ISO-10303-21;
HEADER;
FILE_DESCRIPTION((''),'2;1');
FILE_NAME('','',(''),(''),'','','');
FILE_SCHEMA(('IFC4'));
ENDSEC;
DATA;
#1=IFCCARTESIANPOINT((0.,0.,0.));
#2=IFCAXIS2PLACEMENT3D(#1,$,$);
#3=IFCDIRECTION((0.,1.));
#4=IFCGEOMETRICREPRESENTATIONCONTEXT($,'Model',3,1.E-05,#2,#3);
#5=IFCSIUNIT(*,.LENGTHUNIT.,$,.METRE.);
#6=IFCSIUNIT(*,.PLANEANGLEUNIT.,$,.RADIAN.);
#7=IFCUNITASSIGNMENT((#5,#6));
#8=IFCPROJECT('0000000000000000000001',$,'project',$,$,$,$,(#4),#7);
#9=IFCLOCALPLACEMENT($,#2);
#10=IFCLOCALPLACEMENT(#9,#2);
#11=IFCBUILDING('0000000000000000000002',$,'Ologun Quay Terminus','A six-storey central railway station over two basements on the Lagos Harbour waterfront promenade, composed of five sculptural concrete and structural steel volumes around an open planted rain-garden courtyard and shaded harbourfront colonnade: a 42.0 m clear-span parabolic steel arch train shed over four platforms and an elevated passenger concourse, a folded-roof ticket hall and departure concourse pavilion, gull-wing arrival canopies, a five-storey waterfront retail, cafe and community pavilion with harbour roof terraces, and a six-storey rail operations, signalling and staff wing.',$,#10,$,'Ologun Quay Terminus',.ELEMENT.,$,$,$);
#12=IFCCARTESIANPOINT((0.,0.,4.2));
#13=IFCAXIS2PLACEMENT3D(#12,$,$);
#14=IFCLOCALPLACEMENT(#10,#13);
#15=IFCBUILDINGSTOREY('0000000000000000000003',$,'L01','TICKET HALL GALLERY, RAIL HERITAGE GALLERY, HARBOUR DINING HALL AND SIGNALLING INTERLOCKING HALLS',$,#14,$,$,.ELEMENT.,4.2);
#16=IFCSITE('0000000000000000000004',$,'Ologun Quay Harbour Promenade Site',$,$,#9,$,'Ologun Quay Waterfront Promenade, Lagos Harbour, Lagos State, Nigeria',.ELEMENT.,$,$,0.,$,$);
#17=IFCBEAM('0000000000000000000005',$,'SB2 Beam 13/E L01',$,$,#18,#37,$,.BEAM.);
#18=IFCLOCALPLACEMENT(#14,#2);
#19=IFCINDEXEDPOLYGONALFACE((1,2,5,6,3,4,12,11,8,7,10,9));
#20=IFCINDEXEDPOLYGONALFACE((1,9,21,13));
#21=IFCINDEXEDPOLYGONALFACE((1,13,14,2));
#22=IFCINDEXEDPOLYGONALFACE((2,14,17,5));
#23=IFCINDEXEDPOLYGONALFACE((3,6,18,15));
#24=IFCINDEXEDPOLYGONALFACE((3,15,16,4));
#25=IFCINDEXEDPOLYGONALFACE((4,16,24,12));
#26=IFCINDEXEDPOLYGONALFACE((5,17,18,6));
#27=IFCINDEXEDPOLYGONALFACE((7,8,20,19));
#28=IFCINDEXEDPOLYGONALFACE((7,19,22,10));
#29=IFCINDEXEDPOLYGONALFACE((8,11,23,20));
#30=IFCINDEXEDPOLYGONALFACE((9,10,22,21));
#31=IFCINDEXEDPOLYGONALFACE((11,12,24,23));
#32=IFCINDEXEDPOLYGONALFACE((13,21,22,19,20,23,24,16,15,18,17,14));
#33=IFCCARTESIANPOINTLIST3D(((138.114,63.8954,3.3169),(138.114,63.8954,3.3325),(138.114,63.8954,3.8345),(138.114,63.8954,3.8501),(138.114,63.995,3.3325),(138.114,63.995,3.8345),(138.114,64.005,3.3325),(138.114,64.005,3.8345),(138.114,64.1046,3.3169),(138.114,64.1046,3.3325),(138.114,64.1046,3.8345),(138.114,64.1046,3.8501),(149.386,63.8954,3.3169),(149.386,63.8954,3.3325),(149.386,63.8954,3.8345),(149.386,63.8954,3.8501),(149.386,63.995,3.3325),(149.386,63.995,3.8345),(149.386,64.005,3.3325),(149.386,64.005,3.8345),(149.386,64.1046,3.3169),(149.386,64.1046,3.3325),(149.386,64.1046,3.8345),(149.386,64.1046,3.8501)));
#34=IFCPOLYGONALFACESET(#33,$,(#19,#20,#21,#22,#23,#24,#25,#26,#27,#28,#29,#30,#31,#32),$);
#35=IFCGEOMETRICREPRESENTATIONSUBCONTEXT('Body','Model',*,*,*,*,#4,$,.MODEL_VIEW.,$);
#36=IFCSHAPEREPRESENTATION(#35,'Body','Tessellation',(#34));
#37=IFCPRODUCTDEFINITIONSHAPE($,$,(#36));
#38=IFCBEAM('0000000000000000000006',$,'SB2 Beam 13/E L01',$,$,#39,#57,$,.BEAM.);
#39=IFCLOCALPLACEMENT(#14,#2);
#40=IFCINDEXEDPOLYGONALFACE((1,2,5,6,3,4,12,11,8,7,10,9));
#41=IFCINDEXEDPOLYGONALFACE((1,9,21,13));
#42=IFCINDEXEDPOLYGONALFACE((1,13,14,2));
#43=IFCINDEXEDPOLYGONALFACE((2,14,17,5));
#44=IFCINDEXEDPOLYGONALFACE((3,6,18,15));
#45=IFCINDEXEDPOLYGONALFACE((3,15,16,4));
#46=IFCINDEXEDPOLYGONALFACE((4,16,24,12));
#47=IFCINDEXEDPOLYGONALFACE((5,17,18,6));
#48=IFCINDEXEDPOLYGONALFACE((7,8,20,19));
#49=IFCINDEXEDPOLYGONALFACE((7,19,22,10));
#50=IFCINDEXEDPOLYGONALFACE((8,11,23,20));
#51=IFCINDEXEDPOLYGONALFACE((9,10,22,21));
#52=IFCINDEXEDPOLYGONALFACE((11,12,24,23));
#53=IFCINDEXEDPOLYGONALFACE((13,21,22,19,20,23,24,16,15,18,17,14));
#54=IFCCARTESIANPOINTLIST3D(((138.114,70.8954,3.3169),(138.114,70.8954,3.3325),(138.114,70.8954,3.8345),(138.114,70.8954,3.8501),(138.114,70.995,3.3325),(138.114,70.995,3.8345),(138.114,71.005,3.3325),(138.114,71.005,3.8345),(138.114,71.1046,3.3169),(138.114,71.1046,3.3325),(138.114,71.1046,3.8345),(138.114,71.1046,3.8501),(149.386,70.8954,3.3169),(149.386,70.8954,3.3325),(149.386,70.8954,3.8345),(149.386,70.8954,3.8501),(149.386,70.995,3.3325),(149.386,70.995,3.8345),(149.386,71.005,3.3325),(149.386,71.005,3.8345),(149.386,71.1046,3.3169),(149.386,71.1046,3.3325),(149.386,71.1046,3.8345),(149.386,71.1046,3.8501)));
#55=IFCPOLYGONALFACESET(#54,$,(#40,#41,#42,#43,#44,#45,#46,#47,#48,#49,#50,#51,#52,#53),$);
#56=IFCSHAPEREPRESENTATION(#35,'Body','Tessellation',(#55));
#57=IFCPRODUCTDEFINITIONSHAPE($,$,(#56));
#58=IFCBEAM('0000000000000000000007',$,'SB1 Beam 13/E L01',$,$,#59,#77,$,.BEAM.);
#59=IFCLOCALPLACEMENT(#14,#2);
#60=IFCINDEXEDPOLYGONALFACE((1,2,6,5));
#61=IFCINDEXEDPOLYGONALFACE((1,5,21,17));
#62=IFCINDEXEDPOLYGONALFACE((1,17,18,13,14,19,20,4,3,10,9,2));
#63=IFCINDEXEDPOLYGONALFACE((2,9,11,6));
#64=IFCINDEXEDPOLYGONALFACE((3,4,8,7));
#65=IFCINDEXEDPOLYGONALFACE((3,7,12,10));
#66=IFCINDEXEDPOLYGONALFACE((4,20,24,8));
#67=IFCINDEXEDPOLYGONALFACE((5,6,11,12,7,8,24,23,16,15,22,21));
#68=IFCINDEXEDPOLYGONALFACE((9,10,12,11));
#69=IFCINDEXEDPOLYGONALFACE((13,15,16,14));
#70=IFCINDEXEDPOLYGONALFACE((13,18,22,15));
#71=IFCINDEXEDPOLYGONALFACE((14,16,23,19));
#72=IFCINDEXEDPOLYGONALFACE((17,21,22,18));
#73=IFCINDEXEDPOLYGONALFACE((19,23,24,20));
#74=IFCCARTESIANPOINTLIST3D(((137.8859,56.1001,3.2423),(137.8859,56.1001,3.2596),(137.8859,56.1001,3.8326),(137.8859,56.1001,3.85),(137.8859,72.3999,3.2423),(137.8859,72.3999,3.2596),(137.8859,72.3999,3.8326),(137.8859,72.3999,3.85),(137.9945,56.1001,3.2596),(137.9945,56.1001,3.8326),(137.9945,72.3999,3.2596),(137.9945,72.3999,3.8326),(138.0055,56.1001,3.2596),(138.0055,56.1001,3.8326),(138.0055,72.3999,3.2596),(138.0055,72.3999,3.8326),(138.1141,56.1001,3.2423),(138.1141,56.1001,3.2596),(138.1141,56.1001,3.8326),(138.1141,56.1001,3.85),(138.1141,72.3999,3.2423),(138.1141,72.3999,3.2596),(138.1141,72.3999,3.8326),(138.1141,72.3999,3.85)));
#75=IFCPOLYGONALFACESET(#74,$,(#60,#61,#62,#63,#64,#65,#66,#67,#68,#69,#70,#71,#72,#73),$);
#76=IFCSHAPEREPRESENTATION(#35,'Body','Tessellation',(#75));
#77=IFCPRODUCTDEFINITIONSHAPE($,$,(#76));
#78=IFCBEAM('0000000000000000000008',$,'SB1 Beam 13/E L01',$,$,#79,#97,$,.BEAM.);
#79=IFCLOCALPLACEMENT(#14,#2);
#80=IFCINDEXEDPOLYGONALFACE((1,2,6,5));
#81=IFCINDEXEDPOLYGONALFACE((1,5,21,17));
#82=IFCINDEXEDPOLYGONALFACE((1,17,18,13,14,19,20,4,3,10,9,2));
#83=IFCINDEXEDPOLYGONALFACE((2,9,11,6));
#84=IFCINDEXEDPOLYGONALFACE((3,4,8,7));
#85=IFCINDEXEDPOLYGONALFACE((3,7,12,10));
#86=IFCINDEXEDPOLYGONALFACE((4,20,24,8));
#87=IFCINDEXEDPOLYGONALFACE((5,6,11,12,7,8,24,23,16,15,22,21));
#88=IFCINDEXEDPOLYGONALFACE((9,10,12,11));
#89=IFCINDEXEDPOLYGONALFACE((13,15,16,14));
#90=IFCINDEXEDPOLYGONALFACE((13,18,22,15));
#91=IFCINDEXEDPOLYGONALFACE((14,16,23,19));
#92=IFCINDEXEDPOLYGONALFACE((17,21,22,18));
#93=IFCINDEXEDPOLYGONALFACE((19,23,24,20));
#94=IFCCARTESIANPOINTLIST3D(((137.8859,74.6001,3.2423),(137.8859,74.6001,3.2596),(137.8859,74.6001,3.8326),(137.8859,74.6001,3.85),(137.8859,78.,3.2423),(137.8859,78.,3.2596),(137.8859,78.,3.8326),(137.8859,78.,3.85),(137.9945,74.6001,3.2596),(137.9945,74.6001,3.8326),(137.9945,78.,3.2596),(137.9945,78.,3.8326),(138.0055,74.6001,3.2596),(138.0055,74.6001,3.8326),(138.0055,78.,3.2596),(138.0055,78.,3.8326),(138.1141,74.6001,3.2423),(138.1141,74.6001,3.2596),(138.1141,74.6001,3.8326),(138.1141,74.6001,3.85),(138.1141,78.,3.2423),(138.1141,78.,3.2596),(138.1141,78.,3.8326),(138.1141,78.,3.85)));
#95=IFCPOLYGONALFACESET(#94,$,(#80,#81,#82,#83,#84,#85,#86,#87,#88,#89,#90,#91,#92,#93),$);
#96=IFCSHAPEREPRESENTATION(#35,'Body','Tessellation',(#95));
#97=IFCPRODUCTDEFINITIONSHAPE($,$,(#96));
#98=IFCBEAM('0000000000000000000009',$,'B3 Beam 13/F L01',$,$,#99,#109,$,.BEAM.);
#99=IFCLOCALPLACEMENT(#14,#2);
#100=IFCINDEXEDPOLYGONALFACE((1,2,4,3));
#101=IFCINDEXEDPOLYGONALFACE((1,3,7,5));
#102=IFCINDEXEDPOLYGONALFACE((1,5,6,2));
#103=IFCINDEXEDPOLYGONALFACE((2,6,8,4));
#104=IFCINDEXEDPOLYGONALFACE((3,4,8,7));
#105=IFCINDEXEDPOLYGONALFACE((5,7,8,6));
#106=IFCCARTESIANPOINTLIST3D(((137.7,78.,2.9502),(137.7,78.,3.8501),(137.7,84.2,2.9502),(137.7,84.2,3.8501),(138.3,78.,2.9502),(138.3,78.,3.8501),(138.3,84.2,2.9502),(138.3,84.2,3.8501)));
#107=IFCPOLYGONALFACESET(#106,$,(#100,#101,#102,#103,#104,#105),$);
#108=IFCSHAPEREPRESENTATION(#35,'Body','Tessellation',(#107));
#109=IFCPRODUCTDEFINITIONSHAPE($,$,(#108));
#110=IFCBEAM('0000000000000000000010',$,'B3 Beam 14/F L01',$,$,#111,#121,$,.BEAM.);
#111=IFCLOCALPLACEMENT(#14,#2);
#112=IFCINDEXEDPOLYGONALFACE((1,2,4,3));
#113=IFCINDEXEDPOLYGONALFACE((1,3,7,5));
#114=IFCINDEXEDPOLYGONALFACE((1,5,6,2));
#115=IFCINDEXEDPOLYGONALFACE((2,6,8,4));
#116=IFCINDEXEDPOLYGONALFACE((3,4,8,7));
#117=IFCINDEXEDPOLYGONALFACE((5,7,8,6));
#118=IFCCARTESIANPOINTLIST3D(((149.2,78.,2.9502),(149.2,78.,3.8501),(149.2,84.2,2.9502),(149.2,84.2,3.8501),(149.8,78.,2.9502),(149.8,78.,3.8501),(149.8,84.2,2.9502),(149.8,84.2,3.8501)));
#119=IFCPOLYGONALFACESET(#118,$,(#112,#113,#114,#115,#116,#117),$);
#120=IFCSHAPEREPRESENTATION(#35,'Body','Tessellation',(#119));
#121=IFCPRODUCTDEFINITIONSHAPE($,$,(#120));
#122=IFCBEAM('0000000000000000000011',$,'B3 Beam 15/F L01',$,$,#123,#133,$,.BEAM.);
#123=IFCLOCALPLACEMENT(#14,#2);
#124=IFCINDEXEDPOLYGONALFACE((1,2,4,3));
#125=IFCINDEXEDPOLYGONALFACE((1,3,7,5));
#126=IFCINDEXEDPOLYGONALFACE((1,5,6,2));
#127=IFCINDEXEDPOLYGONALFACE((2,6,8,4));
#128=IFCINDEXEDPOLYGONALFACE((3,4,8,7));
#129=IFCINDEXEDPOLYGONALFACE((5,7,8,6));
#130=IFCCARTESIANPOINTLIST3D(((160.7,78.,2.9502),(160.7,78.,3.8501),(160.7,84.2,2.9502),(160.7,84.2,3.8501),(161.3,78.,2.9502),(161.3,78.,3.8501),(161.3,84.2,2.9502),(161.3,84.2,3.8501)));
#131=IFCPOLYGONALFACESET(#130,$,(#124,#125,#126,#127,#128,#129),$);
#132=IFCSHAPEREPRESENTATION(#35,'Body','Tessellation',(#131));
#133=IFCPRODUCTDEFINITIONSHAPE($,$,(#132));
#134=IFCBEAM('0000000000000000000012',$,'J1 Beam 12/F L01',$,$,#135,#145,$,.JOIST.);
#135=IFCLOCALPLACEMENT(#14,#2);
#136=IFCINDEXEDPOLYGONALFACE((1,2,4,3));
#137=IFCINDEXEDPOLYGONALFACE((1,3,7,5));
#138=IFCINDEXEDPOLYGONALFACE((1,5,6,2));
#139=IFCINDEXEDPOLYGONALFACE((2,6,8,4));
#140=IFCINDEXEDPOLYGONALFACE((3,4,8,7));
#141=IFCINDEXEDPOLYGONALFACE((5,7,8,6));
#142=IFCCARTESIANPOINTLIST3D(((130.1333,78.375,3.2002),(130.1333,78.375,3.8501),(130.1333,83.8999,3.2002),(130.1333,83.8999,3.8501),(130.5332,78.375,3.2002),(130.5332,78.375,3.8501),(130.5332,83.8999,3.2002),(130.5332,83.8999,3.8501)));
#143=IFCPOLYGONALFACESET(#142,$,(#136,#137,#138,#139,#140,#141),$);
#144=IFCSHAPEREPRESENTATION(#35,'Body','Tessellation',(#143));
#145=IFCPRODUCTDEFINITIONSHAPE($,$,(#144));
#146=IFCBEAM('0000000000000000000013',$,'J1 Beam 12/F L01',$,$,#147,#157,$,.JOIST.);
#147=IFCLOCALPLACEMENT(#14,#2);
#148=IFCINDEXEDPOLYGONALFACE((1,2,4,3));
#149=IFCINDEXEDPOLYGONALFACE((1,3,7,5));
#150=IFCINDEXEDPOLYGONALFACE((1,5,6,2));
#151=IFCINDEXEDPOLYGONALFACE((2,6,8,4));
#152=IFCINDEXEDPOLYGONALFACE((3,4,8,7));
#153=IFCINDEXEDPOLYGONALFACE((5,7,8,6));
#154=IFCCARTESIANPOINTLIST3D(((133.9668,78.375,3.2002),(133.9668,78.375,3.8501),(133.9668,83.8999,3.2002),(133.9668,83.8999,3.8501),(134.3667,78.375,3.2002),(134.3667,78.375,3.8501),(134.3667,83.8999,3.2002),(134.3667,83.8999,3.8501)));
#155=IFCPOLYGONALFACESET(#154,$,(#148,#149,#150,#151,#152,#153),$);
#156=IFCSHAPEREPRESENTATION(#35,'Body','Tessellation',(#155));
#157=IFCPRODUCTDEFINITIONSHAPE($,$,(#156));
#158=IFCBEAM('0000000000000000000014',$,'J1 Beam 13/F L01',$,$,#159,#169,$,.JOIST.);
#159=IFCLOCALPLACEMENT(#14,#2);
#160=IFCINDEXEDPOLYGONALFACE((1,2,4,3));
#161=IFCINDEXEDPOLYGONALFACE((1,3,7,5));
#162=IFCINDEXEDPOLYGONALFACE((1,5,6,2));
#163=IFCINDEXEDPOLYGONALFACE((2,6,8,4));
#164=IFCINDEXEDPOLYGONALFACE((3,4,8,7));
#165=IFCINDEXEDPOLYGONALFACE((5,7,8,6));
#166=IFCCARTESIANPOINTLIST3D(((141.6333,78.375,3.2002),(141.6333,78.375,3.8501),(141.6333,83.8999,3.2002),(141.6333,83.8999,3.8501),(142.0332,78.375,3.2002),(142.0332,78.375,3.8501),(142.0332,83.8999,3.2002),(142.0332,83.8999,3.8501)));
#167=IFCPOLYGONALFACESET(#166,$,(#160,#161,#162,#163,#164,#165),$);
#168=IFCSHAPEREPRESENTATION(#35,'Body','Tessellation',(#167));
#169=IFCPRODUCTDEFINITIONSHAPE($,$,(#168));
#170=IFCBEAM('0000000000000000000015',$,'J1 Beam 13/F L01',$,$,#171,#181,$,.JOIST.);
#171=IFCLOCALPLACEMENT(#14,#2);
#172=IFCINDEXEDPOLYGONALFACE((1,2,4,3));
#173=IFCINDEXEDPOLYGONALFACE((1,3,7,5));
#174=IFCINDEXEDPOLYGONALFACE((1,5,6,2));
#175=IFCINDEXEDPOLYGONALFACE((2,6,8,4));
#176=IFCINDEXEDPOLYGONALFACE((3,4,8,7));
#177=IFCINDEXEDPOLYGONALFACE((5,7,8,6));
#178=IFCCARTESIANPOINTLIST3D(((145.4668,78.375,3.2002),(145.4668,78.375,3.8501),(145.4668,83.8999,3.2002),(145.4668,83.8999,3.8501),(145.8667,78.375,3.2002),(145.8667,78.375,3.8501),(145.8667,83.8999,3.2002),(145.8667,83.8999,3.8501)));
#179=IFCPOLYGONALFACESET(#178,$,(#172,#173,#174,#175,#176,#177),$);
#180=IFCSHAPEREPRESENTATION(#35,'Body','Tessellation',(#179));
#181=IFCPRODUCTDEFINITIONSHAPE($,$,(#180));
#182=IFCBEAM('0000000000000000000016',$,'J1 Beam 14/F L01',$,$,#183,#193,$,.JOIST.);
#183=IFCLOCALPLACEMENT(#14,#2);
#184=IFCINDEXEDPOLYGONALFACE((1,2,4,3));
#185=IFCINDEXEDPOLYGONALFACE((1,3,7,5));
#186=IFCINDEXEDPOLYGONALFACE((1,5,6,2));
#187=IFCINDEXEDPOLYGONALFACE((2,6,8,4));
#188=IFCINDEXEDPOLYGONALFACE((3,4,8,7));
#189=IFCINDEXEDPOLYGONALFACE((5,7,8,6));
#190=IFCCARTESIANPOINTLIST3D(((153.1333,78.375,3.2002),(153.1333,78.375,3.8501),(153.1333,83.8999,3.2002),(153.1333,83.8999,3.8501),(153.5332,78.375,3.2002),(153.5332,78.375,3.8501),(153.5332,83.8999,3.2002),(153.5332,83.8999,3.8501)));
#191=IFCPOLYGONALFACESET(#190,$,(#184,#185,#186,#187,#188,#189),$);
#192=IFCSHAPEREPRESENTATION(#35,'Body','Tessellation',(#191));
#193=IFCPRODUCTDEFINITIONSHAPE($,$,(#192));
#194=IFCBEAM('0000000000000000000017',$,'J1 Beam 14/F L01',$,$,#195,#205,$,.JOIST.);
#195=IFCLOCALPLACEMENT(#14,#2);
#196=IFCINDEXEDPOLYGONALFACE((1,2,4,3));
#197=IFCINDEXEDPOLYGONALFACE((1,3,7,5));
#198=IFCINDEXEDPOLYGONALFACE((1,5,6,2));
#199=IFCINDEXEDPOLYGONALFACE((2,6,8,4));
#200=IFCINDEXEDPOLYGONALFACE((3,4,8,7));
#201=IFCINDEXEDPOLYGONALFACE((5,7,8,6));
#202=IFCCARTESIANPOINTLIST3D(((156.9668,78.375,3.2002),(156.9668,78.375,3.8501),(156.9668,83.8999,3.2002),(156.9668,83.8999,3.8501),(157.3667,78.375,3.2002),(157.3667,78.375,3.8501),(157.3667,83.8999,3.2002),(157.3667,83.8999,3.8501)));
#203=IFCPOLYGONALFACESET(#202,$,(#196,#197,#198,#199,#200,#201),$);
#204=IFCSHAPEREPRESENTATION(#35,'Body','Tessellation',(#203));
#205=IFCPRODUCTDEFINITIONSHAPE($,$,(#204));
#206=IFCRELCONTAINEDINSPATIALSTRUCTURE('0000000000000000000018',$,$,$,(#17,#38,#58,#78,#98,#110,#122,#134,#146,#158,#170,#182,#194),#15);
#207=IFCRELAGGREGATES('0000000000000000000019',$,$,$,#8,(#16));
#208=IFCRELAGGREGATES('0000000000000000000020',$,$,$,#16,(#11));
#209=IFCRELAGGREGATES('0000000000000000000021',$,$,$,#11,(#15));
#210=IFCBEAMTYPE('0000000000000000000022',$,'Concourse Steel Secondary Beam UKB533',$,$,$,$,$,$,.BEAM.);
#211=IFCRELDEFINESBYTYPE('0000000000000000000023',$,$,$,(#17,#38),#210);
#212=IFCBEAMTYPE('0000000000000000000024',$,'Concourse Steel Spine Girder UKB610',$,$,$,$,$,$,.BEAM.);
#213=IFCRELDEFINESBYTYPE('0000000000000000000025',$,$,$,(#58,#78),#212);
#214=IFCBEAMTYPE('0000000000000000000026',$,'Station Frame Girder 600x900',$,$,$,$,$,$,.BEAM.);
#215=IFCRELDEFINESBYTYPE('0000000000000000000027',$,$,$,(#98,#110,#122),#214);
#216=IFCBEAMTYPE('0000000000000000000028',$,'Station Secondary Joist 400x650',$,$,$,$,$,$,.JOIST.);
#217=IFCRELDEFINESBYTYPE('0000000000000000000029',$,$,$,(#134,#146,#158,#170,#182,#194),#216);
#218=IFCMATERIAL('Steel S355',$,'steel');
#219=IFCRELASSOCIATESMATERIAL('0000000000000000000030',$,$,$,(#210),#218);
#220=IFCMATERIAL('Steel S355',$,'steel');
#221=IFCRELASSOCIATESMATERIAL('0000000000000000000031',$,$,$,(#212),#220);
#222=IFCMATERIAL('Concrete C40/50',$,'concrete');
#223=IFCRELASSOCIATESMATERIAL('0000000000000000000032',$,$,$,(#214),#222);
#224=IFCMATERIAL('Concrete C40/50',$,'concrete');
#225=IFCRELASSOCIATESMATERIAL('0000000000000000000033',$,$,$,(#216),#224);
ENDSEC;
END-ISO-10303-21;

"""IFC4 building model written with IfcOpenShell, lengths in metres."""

from ifc_helpers import new_model, si_unit, direction, frame, origin, origin_2d, place, context, subcontext, project, spatial, rectangle, i_section, extrude, material, material_profile, profile_set, type_object, element, save


model = new_model("IFC4")

# Units and contexts
model_context = context("Model", 3, precision=1e-05, world=origin(), true_north=direction((0.0, 1.0)))
body_context = subcontext(model_context, "Body", "Model", "MODEL_VIEW")
ifc_project = project(units=[si_unit("LENGTHUNIT", "METRE"), si_unit("PLANEANGLEUNIT", "RADIAN")], contexts=[model_context])

# Site, building, storey
site_placement = place(None, origin())
site = spatial("IfcSite", under=ifc_project, at=site_placement, Name="Ologun Quay Harbour Promenade Site", LongName="Ologun Quay Waterfront Promenade, Lagos Harbour, Lagos State, Nigeria", CompositionType="ELEMENT", RefElevation=0.0)
building_placement = place(site_placement, origin())
building = spatial("IfcBuilding", under=site, at=building_placement, Name="Ologun Quay Terminus", Description="A six-storey central railway station over two basements on the Lagos Harbour waterfront promenade, composed of five sculptural concrete and structural steel volumes around an open planted rain-garden courtyard and shaded harbourfront colonnade: a 42.0 m clear-span parabolic steel arch train shed over four platforms and an elevated passenger concourse, a folded-roof ticket hall and departure concourse pavilion, gull-wing arrival canopies, a five-storey waterfront retail, cafe and community pavilion with harbour roof terraces, and a six-storey rail operations, signalling and staff wing.", LongName="Ologun Quay Terminus", CompositionType="ELEMENT")
storey_placement = place(building_placement, frame((0.0, 0.0, 4.2)))
storey = spatial("IfcBuildingStorey", under=building, at=storey_placement, Name="L01", Description="TICKET HALL GALLERY, RAIL HERITAGE GALLERY, HARBOUR DINING HALL AND SIGNALLING INTERLOCKING HALLS", CompositionType="ELEMENT", Elevation=4.2)

# Beams
ifc_material_1 = material(Name="Steel S355", Category="steel")
ifc_material_profile_1 = material_profile(ifc_material_1, i_section(OverallWidth=0.2092, OverallDepth=0.5332, WebThickness=0.01, FlangeThickness=0.0156, at=origin_2d()), Name="UKB 533x210x92")
ifc_profile_set_1 = profile_set([ifc_material_profile_1], Name="Steel S355")
beam_type_1 = type_object("IfcBeamType", Name="Concourse Steel Secondary Beam UKB533", PredefinedType="BEAM", material=ifc_profile_set_1)
for number, where, z_axis, x_axis, name in (
    (1, (138.114, 64.0, 3.5835), (1.0, 0.0, 0.0), (0.0, 1.0, 0.0), "SB2 Beam 13/E L01"),
    (2, (138.114, 71.0, 3.5835), (1.0, 0.0, 0.0), (0.0, 1.0, 0.0), "SB2 Beam 13/E L01"),
):
    element("IfcBeam", number, at=place(storey_placement, frame(where, z_axis=z_axis, x_axis=x_axis)), inside=storey, type_object=beam_type_1, Name=name, PredefinedType="BEAM", context=body_context, shape_type="SweptSolid", body=[
        extrude(i_section(OverallWidth=0.2092, OverallDepth=0.5332, WebThickness=0.01, FlangeThickness=0.0156, at=origin_2d()), origin(), (0.0, 0.0, 1.0), 11.272),
    ])
ifc_material_2 = material(Name="Steel S355", Category="steel")
ifc_material_profile_2 = material_profile(ifc_material_2, i_section(OverallWidth=0.2283, OverallDepth=0.6077, WebThickness=0.011, FlangeThickness=0.0173, at=origin_2d()), Name="UKB 610x229x113")
ifc_profile_set_2 = profile_set([ifc_material_profile_2], Name="Steel S355")
beam_type_2 = type_object("IfcBeamType", Name="Concourse Steel Spine Girder UKB610", PredefinedType="BEAM", material=ifc_profile_set_2)
beam_1_placement = place(storey_placement, frame((138.0, 56.1001, 3.5461), z_axis=(0.0, 1.0, 0.0), x_axis=(-1.0, 0.0, 0.0)))
element("IfcBeam", 3, at=beam_1_placement, inside=storey, type_object=beam_type_2, Name="SB1 Beam 13/E L01", PredefinedType="BEAM", context=body_context, shape_type="SweptSolid", body=[
    extrude(i_section(OverallWidth=0.2283, OverallDepth=0.6077, WebThickness=0.011, FlangeThickness=0.0173, at=origin_2d()), origin(), (0.0, 0.0, 1.0), 16.2998),
])
beam_2_placement = place(storey_placement, frame((138.0, 74.6001, 3.5461), z_axis=(0.0, 1.0, 0.0), x_axis=(-1.0, 0.0, 0.0)))
element("IfcBeam", 4, at=beam_2_placement, inside=storey, type_object=beam_type_2, Name="SB1 Beam 13/E L01", PredefinedType="BEAM", context=body_context, shape_type="SweptSolid", body=[
    extrude(i_section(OverallWidth=0.2283, OverallDepth=0.6077, WebThickness=0.011, FlangeThickness=0.0173, at=origin_2d()), origin(), (0.0, 0.0, 1.0), 3.3999),
])
ifc_material_3 = material(Name="Concrete C40/50", Category="concrete")
ifc_material_profile_3 = material_profile(ifc_material_3, rectangle(XDim=0.6001, YDim=0.8999, at=origin_2d()), Name="RC 600x900")
ifc_profile_set_3 = profile_set([ifc_material_profile_3], Name="Concrete C40/50")
beam_type_3 = type_object("IfcBeamType", Name="Station Frame Girder 600x900", PredefinedType="BEAM", material=ifc_profile_set_3)
for number, where, z_axis, x_axis, name in (
    (5, (138.0, 78.0, 3.4001), (0.0, 1.0, 0.0), (-1.0, 0.0, 0.0), "B3 Beam 13/F L01"),
    (6, (149.5, 78.0, 3.4001), (0.0, 1.0, 0.0), (-1.0, 0.0, 0.0), "B3 Beam 14/F L01"),
    (7, (161.0, 78.0, 3.4001), (0.0, 1.0, 0.0), (-1.0, 0.0, 0.0), "B3 Beam 15/F L01"),
):
    element("IfcBeam", number, at=place(storey_placement, frame(where, z_axis=z_axis, x_axis=x_axis)), inside=storey, type_object=beam_type_3, Name=name, PredefinedType="BEAM", context=body_context, shape_type="SweptSolid", body=[
        extrude(rectangle(XDim=0.6001, YDim=0.8999, at=origin_2d()), origin(), (0.0, 0.0, 1.0), 6.2),
    ])
ifc_material_4 = material(Name="Concrete C40/50", Category="concrete")
ifc_material_profile_4 = material_profile(ifc_material_4, rectangle(XDim=0.3999, YDim=0.6499, at=origin_2d()), Name="RC 400x650")
ifc_profile_set_4 = profile_set([ifc_material_profile_4], Name="Concrete C40/50")
beam_type_4 = type_object("IfcBeamType", Name="Station Secondary Joist 400x650", PredefinedType="JOIST", material=ifc_profile_set_4)
for number, where, z_axis, x_axis, name in (
    (8, (130.3333, 78.375, 3.5251), (0.0, 1.0, 0.0), (-1.0, 0.0, 0.0), "J1 Beam 12/F L01"),
    (9, (134.1667, 78.375, 3.5251), (0.0, 1.0, 0.0), (-1.0, 0.0, 0.0), "J1 Beam 12/F L01"),
    (10, (141.8333, 78.375, 3.5251), (0.0, 1.0, 0.0), (-1.0, 0.0, 0.0), "J1 Beam 13/F L01"),
    (11, (145.6667, 78.375, 3.5251), (0.0, 1.0, 0.0), (-1.0, 0.0, 0.0), "J1 Beam 13/F L01"),
    (12, (153.3333, 78.375, 3.5251), (0.0, 1.0, 0.0), (-1.0, 0.0, 0.0), "J1 Beam 14/F L01"),
    (13, (157.1667, 78.375, 3.5251), (0.0, 1.0, 0.0), (-1.0, 0.0, 0.0), "J1 Beam 14/F L01"),
):
    element("IfcBeam", number, at=place(storey_placement, frame(where, z_axis=z_axis, x_axis=x_axis)), inside=storey, type_object=beam_type_4, Name=name, PredefinedType="JOIST", context=body_context, shape_type="SweptSolid", body=[
        extrude(rectangle(XDim=0.3999, YDim=0.6499, at=origin_2d()), origin(), (0.0, 0.0, 1.0), 5.5249),
    ])

save(model, "model.ifc")
